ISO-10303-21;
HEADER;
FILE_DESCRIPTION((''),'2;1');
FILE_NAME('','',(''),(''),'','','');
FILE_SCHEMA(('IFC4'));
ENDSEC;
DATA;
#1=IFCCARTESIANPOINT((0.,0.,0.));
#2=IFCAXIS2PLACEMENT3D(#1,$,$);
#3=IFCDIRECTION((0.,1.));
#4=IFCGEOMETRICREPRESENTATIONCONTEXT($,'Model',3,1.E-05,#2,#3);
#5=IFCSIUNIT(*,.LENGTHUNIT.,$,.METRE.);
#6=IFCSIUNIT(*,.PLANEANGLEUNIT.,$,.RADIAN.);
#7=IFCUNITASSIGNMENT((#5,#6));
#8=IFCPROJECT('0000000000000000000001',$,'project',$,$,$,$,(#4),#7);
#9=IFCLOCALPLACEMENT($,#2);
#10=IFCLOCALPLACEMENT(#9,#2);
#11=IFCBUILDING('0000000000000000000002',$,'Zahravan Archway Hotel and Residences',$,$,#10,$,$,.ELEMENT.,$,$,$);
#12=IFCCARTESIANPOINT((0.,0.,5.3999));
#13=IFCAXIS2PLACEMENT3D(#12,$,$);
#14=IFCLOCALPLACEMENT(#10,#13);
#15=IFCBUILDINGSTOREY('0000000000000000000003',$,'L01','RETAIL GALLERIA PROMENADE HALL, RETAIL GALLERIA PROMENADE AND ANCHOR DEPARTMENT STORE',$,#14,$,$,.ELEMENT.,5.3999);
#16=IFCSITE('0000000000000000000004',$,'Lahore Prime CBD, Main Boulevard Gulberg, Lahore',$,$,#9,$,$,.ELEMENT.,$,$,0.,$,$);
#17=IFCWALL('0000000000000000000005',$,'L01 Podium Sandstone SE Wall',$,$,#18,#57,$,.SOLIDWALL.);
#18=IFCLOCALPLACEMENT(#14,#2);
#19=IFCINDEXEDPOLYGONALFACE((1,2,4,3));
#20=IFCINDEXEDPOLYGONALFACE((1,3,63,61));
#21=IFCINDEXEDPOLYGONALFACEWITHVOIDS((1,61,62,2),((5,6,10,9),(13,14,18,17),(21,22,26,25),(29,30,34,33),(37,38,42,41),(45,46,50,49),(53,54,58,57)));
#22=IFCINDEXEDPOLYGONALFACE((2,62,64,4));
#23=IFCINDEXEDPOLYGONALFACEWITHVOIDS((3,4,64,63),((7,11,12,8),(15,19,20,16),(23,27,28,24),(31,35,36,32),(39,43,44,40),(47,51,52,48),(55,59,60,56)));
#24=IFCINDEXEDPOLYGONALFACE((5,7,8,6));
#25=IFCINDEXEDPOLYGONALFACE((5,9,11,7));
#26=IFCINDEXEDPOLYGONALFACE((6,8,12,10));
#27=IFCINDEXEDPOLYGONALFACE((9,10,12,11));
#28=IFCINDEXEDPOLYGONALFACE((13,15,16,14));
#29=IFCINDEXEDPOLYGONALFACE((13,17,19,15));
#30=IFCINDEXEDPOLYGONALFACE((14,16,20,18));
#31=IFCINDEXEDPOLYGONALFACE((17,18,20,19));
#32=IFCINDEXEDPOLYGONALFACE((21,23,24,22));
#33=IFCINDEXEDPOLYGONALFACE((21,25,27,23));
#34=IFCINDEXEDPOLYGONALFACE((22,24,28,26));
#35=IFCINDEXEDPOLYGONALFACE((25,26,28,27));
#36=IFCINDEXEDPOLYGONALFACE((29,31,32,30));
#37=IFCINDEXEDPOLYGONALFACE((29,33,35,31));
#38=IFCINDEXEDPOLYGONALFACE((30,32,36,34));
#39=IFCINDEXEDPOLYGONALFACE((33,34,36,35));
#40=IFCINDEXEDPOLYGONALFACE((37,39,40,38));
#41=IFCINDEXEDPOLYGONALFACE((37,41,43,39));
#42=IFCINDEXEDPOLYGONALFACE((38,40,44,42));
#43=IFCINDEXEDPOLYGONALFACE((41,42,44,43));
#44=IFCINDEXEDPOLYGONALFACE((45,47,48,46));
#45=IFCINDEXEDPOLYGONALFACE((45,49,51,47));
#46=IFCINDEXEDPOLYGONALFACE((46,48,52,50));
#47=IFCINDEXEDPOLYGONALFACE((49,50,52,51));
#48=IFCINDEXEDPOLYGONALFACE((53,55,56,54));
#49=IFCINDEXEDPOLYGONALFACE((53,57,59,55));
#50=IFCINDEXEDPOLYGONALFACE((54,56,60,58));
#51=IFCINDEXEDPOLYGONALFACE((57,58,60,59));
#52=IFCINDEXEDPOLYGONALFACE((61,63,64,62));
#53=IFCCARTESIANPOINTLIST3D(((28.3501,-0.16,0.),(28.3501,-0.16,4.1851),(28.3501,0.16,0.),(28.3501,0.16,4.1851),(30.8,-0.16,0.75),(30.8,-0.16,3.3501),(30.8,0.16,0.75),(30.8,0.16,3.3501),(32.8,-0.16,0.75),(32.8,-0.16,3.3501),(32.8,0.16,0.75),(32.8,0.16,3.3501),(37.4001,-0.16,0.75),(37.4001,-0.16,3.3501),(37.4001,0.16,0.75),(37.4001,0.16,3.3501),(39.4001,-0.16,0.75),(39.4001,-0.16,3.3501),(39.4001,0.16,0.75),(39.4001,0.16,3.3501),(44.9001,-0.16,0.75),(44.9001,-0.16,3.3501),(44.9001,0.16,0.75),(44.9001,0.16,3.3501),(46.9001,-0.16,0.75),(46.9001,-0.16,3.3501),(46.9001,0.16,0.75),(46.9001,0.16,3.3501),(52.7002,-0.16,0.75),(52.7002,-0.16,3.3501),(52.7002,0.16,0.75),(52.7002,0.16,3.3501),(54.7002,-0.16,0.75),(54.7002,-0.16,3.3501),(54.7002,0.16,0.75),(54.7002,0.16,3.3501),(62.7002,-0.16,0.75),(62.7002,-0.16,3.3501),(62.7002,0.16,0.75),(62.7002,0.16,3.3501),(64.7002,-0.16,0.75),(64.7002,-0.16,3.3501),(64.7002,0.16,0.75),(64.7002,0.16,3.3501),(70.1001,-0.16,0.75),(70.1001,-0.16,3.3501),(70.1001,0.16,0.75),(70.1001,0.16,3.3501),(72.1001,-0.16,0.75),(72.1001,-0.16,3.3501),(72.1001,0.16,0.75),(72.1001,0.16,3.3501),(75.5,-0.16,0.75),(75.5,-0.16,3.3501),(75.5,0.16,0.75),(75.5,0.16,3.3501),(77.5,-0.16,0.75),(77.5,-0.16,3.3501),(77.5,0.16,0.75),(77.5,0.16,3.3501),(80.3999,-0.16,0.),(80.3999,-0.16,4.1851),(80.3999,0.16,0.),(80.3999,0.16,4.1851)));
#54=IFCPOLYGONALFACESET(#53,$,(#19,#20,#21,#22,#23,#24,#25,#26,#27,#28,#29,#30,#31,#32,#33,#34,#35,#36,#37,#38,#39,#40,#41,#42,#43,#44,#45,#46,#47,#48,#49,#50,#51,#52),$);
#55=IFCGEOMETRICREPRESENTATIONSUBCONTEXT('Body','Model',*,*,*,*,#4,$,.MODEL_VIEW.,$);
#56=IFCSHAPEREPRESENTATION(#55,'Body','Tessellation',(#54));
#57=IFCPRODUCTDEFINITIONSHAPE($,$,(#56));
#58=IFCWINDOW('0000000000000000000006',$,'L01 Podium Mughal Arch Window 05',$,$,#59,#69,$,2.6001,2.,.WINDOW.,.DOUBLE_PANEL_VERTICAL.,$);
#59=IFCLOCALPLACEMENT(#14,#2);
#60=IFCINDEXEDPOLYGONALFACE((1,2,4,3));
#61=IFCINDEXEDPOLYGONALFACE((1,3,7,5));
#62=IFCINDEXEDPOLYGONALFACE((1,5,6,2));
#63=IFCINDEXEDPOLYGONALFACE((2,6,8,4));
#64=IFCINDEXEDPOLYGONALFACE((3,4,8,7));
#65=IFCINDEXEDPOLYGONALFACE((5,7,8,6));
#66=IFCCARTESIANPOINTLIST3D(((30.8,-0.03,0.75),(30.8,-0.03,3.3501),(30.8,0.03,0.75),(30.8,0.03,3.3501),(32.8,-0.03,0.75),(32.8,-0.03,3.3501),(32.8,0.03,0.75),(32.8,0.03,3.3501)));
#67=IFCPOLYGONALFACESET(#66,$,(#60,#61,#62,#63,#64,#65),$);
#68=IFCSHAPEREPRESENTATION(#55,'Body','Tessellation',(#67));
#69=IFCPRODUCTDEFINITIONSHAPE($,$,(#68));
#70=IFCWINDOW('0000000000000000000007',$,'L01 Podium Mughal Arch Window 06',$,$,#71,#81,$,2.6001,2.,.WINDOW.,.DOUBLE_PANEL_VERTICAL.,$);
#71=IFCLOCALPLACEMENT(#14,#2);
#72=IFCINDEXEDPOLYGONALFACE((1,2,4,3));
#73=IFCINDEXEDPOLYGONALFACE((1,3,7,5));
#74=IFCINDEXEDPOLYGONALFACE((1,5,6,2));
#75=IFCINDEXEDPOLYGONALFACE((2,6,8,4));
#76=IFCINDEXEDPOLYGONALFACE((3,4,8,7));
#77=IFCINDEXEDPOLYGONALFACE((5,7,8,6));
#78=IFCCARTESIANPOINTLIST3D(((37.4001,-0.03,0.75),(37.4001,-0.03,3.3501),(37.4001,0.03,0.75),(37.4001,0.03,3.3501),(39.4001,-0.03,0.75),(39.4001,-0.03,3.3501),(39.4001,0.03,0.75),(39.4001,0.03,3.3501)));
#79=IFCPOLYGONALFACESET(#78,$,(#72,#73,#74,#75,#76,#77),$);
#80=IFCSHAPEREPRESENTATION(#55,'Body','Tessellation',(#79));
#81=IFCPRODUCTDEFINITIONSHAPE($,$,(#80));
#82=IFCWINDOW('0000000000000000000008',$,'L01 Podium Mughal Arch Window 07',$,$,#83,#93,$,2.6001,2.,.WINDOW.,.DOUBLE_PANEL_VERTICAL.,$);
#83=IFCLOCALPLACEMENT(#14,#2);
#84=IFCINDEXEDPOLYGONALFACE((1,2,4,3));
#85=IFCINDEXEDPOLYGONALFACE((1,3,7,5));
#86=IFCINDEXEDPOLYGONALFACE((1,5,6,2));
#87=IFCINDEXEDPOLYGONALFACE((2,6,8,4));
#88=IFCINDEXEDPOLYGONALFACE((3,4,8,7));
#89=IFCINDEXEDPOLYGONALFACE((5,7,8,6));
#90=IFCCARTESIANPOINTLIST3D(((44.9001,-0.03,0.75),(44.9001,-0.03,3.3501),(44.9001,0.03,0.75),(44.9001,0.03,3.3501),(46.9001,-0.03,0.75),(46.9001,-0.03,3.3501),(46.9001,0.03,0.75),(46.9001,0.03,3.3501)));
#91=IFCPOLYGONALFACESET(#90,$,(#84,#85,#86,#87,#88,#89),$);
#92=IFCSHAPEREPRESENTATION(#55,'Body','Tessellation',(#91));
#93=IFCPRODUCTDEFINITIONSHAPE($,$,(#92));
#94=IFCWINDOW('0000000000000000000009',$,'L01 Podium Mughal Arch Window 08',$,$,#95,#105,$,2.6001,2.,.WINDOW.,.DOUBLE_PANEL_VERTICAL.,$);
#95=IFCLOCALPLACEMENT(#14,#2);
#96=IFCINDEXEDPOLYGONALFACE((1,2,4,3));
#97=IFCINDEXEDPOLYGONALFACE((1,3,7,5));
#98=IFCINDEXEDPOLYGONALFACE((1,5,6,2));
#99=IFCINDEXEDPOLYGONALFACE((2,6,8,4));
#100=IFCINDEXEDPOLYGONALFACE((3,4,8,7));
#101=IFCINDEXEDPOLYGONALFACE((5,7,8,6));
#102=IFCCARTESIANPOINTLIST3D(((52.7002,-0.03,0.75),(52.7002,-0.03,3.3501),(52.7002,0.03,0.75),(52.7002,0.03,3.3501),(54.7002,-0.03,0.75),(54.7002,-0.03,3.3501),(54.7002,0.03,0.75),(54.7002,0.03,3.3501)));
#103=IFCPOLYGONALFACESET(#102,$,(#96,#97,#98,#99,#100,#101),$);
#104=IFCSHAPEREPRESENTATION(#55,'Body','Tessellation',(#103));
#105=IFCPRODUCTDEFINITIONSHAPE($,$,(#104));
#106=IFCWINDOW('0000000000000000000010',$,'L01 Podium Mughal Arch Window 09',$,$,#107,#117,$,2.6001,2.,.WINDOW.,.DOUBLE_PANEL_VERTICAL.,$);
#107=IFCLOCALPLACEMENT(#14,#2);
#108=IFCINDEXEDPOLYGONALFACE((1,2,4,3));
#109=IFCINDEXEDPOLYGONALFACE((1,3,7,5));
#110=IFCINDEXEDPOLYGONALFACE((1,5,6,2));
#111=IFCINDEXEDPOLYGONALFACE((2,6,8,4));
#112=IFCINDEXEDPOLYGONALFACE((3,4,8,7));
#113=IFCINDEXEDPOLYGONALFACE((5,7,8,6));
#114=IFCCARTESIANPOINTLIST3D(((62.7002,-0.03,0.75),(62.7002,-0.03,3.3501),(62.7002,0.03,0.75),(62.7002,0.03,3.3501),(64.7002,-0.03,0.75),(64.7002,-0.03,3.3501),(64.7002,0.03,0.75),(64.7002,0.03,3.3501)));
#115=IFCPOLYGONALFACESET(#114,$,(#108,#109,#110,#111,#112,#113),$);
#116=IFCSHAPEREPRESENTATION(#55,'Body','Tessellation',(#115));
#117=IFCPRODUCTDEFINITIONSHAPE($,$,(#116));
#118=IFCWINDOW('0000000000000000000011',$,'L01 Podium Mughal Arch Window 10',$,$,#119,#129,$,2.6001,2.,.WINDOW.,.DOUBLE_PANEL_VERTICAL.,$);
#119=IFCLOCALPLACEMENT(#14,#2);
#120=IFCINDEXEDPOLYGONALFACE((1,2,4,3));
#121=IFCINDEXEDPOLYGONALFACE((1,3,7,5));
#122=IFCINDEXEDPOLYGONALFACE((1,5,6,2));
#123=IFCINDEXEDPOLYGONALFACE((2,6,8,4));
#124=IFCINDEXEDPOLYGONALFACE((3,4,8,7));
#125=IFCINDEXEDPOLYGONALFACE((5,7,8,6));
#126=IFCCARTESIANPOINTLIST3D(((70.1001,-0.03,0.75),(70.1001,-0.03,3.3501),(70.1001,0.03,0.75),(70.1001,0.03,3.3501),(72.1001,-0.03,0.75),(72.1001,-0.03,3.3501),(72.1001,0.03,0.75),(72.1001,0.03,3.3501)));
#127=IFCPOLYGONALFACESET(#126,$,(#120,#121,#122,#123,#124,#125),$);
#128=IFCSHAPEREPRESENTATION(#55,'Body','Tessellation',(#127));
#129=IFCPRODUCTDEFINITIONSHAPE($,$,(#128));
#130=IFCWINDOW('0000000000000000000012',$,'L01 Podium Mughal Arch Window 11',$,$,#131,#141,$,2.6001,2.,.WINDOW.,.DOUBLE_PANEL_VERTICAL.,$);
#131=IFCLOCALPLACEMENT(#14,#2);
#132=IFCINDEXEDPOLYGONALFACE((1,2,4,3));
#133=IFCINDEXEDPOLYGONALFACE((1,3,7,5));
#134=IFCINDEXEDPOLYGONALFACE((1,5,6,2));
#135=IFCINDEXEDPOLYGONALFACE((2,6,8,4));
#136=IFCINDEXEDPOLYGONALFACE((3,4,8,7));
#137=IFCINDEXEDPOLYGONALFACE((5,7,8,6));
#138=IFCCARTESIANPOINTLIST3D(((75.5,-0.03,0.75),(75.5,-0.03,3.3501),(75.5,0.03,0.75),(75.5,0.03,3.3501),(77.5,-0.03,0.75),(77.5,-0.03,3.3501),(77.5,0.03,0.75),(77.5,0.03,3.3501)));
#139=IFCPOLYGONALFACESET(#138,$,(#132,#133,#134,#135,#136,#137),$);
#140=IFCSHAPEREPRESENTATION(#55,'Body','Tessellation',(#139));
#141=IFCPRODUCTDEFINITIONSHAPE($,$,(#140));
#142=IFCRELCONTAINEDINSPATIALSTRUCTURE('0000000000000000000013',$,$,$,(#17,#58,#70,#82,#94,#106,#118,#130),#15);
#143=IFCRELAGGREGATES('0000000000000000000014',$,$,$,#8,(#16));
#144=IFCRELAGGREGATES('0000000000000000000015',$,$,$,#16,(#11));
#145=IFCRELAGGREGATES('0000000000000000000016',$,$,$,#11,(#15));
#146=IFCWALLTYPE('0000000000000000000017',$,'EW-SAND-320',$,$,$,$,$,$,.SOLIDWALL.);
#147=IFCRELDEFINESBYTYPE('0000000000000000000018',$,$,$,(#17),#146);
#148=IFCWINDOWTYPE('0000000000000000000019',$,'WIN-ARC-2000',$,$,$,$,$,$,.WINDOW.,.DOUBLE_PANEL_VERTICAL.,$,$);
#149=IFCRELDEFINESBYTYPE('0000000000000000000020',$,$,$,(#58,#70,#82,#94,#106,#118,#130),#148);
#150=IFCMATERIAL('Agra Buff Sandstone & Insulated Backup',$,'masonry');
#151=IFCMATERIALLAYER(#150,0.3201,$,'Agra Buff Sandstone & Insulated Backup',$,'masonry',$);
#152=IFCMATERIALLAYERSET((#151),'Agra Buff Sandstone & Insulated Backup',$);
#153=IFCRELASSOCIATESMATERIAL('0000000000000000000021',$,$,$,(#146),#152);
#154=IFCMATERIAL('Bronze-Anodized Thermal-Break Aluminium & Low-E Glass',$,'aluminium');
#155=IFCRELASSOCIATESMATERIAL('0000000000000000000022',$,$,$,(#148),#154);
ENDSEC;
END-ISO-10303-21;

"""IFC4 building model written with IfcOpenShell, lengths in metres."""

from ifc_helpers import new_model, si_unit, direction, frame, frame_2d, origin, place, context, subcontext, project, spatial, rectangle, extrude, source, transform, mapped, material, layer, layer_set, type_object, type_shapes, element, fill, save


model = new_model("IFC4")

# Units and contexts
model_context = context("Model", 3, precision=1e-05, world=origin(), true_north=direction((0.0, 1.0)))
body_context = subcontext(model_context, "Body", "Model", "MODEL_VIEW")
ifc_project = project(units=[si_unit("LENGTHUNIT", "METRE"), si_unit("PLANEANGLEUNIT", "RADIAN")], contexts=[model_context])

# Site, building, storey
site_placement = place(None, origin())
site = spatial("IfcSite", under=ifc_project, at=site_placement, Name="Lahore Prime CBD, Main Boulevard Gulberg, Lahore", CompositionType="ELEMENT", RefElevation=0.0)
building_placement = place(site_placement, origin())
building = spatial("IfcBuilding", under=site, at=building_placement, Name="Zahravan Archway Hotel and Residences", CompositionType="ELEMENT")
storey_placement = place(building_placement, frame((0.0, 0.0, 5.3999)))
storey = spatial("IfcBuildingStorey", under=building, at=storey_placement, Name="L01", Description="RETAIL GALLERIA PROMENADE HALL, RETAIL GALLERIA PROMENADE AND ANCHOR DEPARTMENT STORE", CompositionType="ELEMENT", Elevation=5.3999)

# Wall, openings, windows
ifc_material_1 = material(Name="Agra Buff Sandstone & Insulated Backup", Category="masonry")
ifc_layer_1 = layer(ifc_material_1, 0.3201, Name="Agra Buff Sandstone & Insulated Backup", Category="masonry")
ifc_layer_set_1 = layer_set([ifc_layer_1], Name="Agra Buff Sandstone & Insulated Backup")
wall_type = type_object("IfcWallType", Name="EW-SAND-320", PredefinedType="SOLIDWALL", material=ifc_layer_set_1)
wall_placement = place(storey_placement, frame((28.3501, 0.0, 0.0), z_axis=(0.0, 0.0, 1.0), x_axis=(1.0, 0.0, 0.0)))
wall = element("IfcWall", 1, at=wall_placement, inside=storey, type_object=wall_type, Name="L01 Podium Sandstone SE Wall", PredefinedType="SOLIDWALL", context=body_context, shape_type="SweptSolid", body=[
    extrude(rectangle(XDim=52.0498, YDim=0.3201, at=frame_2d((26.0249, 0.0))), origin(), (0.0, 0.0, 1.0), 4.1851),
])
opening_1_placement = place(wall_placement, frame((2.45, 0.0, 0.75)))
opening_1 = element("IfcOpeningElement", 2, at=opening_1_placement, cuts=wall, PredefinedType="OPENING", context=body_context, shape_type="SweptSolid", body=[
    extrude(rectangle(XDim=2.0, YDim=2.6001, at=frame_2d((1.0, 1.3))), frame((0.0, 0.1699, 0.0), z_axis=(0.0, -1.0, 0.0), x_axis=(1.0, 0.0, 0.0)), (0.0, 0.0, 1.0), 0.3401),
])
opening_2_placement = place(wall_placement, frame((9.05, 0.0, 0.75)))
opening_2 = element("IfcOpeningElement", 3, at=opening_2_placement, cuts=wall, PredefinedType="OPENING", context=body_context, shape_type="SweptSolid", body=[
    extrude(rectangle(XDim=2.0, YDim=2.6001, at=frame_2d((1.0, 1.3))), frame((0.0, 0.1699, 0.0), z_axis=(0.0, -1.0, 0.0), x_axis=(1.0, 0.0, 0.0)), (0.0, 0.0, 1.0), 0.3401),
])
opening_3_placement = place(wall_placement, frame((16.55, 0.0, 0.75)))
opening_3 = element("IfcOpeningElement", 4, at=opening_3_placement, cuts=wall, PredefinedType="OPENING", context=body_context, shape_type="SweptSolid", body=[
    extrude(rectangle(XDim=2.0, YDim=2.6001, at=frame_2d((1.0, 1.3))), frame((0.0, 0.1699, 0.0), z_axis=(0.0, -1.0, 0.0), x_axis=(1.0, 0.0, 0.0)), (0.0, 0.0, 1.0), 0.3401),
])
opening_4_placement = place(wall_placement, frame((24.3501, 0.0, 0.75)))
opening_4 = element("IfcOpeningElement", 5, at=opening_4_placement, cuts=wall, PredefinedType="OPENING", context=body_context, shape_type="SweptSolid", body=[
    extrude(rectangle(XDim=2.0, YDim=2.6001, at=frame_2d((1.0, 1.3))), frame((0.0, 0.1699, 0.0), z_axis=(0.0, -1.0, 0.0), x_axis=(1.0, 0.0, 0.0)), (0.0, 0.0, 1.0), 0.3401),
])
opening_5_placement = place(wall_placement, frame((34.3501, 0.0, 0.75)))
opening_5 = element("IfcOpeningElement", 6, at=opening_5_placement, cuts=wall, PredefinedType="OPENING", context=body_context, shape_type="SweptSolid", body=[
    extrude(rectangle(XDim=2.0, YDim=2.6001, at=frame_2d((1.0, 1.3))), frame((0.0, 0.1699, 0.0), z_axis=(0.0, -1.0, 0.0), x_axis=(1.0, 0.0, 0.0)), (0.0, 0.0, 1.0), 0.3401),
])
opening_6_placement = place(wall_placement, frame((41.75, 0.0, 0.75)))
opening_6 = element("IfcOpeningElement", 7, at=opening_6_placement, cuts=wall, PredefinedType="OPENING", context=body_context, shape_type="SweptSolid", body=[
    extrude(rectangle(XDim=2.0, YDim=2.6001, at=frame_2d((1.0, 1.3))), frame((0.0, 0.1699, 0.0), z_axis=(0.0, -1.0, 0.0), x_axis=(1.0, 0.0, 0.0)), (0.0, 0.0, 1.0), 0.3401),
])
opening_7_placement = place(wall_placement, frame((47.1499, 0.0, 0.75)))
opening_7 = element("IfcOpeningElement", 8, at=opening_7_placement, cuts=wall, PredefinedType="OPENING", context=body_context, shape_type="SweptSolid", body=[
    extrude(rectangle(XDim=2.0, YDim=2.6001, at=frame_2d((1.0, 1.3))), frame((0.0, 0.1699, 0.0), z_axis=(0.0, -1.0, 0.0), x_axis=(1.0, 0.0, 0.0)), (0.0, 0.0, 1.0), 0.3401),
])
ifc_material_2 = material(Name="Bronze-Anodized Thermal-Break Aluminium & Low-E Glass", Category="aluminium")
window_type = type_object("IfcWindowType", Name="WIN-ARC-2000", PartitioningType="DOUBLE_PANEL_VERTICAL", PredefinedType="WINDOW", material=ifc_material_2)
shared_shape_1 = source(origin(), body_context, "Body", "SweptSolid", [
    extrude(rectangle(XDim=2.0, YDim=2.6001, at=frame_2d((1.0, 1.3))), frame((0.0, 0.03, 0.0), z_axis=(0.0, -1.0, 0.0), x_axis=(1.0, 0.0, 0.0)), (0.0, 0.0, 1.0), 0.0601),
])
type_shapes(window_type, [shared_shape_1])
window_1_placement = place(opening_1_placement, origin())
window_1 = element("IfcWindow", 9, at=window_1_placement, inside=storey, type_object=window_type, Name="L01 Podium Mughal Arch Window 05", OverallHeight=2.6001, OverallWidth=2.0, PartitioningType="DOUBLE_PANEL_VERTICAL", PredefinedType="WINDOW", context=body_context, shape_type="MappedRepresentation", body=[
    mapped(shared_shape_1, transform((0.0, 0.0, 0.0), scale=1.0)),
])
fill(opening_1, window_1)
window_2_placement = place(opening_2_placement, origin())
window_2 = element("IfcWindow", 10, at=window_2_placement, inside=storey, type_object=window_type, Name="L01 Podium Mughal Arch Window 06", OverallHeight=2.6001, OverallWidth=2.0, PartitioningType="DOUBLE_PANEL_VERTICAL", PredefinedType="WINDOW", context=body_context, shape_type="MappedRepresentation", body=[
    mapped(shared_shape_1, transform((0.0, 0.0, 0.0), scale=1.0)),
])
fill(opening_2, window_2)
window_3_placement = place(opening_3_placement, origin())
window_3 = element("IfcWindow", 11, at=window_3_placement, inside=storey, type_object=window_type, Name="L01 Podium Mughal Arch Window 07", OverallHeight=2.6001, OverallWidth=2.0, PartitioningType="DOUBLE_PANEL_VERTICAL", PredefinedType="WINDOW", context=body_context, shape_type="MappedRepresentation", body=[
    mapped(shared_shape_1, transform((0.0, 0.0, 0.0), scale=1.0)),
])
fill(opening_3, window_3)
window_4_placement = place(opening_4_placement, origin())
window_4 = element("IfcWindow", 12, at=window_4_placement, inside=storey, type_object=window_type, Name="L01 Podium Mughal Arch Window 08", OverallHeight=2.6001, OverallWidth=2.0, PartitioningType="DOUBLE_PANEL_VERTICAL", PredefinedType="WINDOW", context=body_context, shape_type="MappedRepresentation", body=[
    mapped(shared_shape_1, transform((0.0, 0.0, 0.0), scale=1.0)),
])
fill(opening_4, window_4)
window_5_placement = place(opening_5_placement, origin())
window_5 = element("IfcWindow", 13, at=window_5_placement, inside=storey, type_object=window_type, Name="L01 Podium Mughal Arch Window 09", OverallHeight=2.6001, OverallWidth=2.0, PartitioningType="DOUBLE_PANEL_VERTICAL", PredefinedType="WINDOW", context=body_context, shape_type="MappedRepresentation", body=[
    mapped(shared_shape_1, transform((0.0, 0.0, 0.0), scale=1.0)),
])
fill(opening_5, window_5)
window_6_placement = place(opening_6_placement, origin())
window_6 = element("IfcWindow", 14, at=window_6_placement, inside=storey, type_object=window_type, Name="L01 Podium Mughal Arch Window 10", OverallHeight=2.6001, OverallWidth=2.0, PartitioningType="DOUBLE_PANEL_VERTICAL", PredefinedType="WINDOW", context=body_context, shape_type="MappedRepresentation", body=[
    mapped(shared_shape_1, transform((0.0, 0.0, 0.0), scale=1.0)),
])
fill(opening_6, window_6)
window_7_placement = place(opening_7_placement, origin())
window_7 = element("IfcWindow", 15, at=window_7_placement, inside=storey, type_object=window_type, Name="L01 Podium Mughal Arch Window 11", OverallHeight=2.6001, OverallWidth=2.0, PartitioningType="DOUBLE_PANEL_VERTICAL", PredefinedType="WINDOW", context=body_context, shape_type="MappedRepresentation", body=[
    mapped(shared_shape_1, transform((0.0, 0.0, 0.0), scale=1.0)),
])
fill(opening_7, window_7)

save(model, "model.ifc")
